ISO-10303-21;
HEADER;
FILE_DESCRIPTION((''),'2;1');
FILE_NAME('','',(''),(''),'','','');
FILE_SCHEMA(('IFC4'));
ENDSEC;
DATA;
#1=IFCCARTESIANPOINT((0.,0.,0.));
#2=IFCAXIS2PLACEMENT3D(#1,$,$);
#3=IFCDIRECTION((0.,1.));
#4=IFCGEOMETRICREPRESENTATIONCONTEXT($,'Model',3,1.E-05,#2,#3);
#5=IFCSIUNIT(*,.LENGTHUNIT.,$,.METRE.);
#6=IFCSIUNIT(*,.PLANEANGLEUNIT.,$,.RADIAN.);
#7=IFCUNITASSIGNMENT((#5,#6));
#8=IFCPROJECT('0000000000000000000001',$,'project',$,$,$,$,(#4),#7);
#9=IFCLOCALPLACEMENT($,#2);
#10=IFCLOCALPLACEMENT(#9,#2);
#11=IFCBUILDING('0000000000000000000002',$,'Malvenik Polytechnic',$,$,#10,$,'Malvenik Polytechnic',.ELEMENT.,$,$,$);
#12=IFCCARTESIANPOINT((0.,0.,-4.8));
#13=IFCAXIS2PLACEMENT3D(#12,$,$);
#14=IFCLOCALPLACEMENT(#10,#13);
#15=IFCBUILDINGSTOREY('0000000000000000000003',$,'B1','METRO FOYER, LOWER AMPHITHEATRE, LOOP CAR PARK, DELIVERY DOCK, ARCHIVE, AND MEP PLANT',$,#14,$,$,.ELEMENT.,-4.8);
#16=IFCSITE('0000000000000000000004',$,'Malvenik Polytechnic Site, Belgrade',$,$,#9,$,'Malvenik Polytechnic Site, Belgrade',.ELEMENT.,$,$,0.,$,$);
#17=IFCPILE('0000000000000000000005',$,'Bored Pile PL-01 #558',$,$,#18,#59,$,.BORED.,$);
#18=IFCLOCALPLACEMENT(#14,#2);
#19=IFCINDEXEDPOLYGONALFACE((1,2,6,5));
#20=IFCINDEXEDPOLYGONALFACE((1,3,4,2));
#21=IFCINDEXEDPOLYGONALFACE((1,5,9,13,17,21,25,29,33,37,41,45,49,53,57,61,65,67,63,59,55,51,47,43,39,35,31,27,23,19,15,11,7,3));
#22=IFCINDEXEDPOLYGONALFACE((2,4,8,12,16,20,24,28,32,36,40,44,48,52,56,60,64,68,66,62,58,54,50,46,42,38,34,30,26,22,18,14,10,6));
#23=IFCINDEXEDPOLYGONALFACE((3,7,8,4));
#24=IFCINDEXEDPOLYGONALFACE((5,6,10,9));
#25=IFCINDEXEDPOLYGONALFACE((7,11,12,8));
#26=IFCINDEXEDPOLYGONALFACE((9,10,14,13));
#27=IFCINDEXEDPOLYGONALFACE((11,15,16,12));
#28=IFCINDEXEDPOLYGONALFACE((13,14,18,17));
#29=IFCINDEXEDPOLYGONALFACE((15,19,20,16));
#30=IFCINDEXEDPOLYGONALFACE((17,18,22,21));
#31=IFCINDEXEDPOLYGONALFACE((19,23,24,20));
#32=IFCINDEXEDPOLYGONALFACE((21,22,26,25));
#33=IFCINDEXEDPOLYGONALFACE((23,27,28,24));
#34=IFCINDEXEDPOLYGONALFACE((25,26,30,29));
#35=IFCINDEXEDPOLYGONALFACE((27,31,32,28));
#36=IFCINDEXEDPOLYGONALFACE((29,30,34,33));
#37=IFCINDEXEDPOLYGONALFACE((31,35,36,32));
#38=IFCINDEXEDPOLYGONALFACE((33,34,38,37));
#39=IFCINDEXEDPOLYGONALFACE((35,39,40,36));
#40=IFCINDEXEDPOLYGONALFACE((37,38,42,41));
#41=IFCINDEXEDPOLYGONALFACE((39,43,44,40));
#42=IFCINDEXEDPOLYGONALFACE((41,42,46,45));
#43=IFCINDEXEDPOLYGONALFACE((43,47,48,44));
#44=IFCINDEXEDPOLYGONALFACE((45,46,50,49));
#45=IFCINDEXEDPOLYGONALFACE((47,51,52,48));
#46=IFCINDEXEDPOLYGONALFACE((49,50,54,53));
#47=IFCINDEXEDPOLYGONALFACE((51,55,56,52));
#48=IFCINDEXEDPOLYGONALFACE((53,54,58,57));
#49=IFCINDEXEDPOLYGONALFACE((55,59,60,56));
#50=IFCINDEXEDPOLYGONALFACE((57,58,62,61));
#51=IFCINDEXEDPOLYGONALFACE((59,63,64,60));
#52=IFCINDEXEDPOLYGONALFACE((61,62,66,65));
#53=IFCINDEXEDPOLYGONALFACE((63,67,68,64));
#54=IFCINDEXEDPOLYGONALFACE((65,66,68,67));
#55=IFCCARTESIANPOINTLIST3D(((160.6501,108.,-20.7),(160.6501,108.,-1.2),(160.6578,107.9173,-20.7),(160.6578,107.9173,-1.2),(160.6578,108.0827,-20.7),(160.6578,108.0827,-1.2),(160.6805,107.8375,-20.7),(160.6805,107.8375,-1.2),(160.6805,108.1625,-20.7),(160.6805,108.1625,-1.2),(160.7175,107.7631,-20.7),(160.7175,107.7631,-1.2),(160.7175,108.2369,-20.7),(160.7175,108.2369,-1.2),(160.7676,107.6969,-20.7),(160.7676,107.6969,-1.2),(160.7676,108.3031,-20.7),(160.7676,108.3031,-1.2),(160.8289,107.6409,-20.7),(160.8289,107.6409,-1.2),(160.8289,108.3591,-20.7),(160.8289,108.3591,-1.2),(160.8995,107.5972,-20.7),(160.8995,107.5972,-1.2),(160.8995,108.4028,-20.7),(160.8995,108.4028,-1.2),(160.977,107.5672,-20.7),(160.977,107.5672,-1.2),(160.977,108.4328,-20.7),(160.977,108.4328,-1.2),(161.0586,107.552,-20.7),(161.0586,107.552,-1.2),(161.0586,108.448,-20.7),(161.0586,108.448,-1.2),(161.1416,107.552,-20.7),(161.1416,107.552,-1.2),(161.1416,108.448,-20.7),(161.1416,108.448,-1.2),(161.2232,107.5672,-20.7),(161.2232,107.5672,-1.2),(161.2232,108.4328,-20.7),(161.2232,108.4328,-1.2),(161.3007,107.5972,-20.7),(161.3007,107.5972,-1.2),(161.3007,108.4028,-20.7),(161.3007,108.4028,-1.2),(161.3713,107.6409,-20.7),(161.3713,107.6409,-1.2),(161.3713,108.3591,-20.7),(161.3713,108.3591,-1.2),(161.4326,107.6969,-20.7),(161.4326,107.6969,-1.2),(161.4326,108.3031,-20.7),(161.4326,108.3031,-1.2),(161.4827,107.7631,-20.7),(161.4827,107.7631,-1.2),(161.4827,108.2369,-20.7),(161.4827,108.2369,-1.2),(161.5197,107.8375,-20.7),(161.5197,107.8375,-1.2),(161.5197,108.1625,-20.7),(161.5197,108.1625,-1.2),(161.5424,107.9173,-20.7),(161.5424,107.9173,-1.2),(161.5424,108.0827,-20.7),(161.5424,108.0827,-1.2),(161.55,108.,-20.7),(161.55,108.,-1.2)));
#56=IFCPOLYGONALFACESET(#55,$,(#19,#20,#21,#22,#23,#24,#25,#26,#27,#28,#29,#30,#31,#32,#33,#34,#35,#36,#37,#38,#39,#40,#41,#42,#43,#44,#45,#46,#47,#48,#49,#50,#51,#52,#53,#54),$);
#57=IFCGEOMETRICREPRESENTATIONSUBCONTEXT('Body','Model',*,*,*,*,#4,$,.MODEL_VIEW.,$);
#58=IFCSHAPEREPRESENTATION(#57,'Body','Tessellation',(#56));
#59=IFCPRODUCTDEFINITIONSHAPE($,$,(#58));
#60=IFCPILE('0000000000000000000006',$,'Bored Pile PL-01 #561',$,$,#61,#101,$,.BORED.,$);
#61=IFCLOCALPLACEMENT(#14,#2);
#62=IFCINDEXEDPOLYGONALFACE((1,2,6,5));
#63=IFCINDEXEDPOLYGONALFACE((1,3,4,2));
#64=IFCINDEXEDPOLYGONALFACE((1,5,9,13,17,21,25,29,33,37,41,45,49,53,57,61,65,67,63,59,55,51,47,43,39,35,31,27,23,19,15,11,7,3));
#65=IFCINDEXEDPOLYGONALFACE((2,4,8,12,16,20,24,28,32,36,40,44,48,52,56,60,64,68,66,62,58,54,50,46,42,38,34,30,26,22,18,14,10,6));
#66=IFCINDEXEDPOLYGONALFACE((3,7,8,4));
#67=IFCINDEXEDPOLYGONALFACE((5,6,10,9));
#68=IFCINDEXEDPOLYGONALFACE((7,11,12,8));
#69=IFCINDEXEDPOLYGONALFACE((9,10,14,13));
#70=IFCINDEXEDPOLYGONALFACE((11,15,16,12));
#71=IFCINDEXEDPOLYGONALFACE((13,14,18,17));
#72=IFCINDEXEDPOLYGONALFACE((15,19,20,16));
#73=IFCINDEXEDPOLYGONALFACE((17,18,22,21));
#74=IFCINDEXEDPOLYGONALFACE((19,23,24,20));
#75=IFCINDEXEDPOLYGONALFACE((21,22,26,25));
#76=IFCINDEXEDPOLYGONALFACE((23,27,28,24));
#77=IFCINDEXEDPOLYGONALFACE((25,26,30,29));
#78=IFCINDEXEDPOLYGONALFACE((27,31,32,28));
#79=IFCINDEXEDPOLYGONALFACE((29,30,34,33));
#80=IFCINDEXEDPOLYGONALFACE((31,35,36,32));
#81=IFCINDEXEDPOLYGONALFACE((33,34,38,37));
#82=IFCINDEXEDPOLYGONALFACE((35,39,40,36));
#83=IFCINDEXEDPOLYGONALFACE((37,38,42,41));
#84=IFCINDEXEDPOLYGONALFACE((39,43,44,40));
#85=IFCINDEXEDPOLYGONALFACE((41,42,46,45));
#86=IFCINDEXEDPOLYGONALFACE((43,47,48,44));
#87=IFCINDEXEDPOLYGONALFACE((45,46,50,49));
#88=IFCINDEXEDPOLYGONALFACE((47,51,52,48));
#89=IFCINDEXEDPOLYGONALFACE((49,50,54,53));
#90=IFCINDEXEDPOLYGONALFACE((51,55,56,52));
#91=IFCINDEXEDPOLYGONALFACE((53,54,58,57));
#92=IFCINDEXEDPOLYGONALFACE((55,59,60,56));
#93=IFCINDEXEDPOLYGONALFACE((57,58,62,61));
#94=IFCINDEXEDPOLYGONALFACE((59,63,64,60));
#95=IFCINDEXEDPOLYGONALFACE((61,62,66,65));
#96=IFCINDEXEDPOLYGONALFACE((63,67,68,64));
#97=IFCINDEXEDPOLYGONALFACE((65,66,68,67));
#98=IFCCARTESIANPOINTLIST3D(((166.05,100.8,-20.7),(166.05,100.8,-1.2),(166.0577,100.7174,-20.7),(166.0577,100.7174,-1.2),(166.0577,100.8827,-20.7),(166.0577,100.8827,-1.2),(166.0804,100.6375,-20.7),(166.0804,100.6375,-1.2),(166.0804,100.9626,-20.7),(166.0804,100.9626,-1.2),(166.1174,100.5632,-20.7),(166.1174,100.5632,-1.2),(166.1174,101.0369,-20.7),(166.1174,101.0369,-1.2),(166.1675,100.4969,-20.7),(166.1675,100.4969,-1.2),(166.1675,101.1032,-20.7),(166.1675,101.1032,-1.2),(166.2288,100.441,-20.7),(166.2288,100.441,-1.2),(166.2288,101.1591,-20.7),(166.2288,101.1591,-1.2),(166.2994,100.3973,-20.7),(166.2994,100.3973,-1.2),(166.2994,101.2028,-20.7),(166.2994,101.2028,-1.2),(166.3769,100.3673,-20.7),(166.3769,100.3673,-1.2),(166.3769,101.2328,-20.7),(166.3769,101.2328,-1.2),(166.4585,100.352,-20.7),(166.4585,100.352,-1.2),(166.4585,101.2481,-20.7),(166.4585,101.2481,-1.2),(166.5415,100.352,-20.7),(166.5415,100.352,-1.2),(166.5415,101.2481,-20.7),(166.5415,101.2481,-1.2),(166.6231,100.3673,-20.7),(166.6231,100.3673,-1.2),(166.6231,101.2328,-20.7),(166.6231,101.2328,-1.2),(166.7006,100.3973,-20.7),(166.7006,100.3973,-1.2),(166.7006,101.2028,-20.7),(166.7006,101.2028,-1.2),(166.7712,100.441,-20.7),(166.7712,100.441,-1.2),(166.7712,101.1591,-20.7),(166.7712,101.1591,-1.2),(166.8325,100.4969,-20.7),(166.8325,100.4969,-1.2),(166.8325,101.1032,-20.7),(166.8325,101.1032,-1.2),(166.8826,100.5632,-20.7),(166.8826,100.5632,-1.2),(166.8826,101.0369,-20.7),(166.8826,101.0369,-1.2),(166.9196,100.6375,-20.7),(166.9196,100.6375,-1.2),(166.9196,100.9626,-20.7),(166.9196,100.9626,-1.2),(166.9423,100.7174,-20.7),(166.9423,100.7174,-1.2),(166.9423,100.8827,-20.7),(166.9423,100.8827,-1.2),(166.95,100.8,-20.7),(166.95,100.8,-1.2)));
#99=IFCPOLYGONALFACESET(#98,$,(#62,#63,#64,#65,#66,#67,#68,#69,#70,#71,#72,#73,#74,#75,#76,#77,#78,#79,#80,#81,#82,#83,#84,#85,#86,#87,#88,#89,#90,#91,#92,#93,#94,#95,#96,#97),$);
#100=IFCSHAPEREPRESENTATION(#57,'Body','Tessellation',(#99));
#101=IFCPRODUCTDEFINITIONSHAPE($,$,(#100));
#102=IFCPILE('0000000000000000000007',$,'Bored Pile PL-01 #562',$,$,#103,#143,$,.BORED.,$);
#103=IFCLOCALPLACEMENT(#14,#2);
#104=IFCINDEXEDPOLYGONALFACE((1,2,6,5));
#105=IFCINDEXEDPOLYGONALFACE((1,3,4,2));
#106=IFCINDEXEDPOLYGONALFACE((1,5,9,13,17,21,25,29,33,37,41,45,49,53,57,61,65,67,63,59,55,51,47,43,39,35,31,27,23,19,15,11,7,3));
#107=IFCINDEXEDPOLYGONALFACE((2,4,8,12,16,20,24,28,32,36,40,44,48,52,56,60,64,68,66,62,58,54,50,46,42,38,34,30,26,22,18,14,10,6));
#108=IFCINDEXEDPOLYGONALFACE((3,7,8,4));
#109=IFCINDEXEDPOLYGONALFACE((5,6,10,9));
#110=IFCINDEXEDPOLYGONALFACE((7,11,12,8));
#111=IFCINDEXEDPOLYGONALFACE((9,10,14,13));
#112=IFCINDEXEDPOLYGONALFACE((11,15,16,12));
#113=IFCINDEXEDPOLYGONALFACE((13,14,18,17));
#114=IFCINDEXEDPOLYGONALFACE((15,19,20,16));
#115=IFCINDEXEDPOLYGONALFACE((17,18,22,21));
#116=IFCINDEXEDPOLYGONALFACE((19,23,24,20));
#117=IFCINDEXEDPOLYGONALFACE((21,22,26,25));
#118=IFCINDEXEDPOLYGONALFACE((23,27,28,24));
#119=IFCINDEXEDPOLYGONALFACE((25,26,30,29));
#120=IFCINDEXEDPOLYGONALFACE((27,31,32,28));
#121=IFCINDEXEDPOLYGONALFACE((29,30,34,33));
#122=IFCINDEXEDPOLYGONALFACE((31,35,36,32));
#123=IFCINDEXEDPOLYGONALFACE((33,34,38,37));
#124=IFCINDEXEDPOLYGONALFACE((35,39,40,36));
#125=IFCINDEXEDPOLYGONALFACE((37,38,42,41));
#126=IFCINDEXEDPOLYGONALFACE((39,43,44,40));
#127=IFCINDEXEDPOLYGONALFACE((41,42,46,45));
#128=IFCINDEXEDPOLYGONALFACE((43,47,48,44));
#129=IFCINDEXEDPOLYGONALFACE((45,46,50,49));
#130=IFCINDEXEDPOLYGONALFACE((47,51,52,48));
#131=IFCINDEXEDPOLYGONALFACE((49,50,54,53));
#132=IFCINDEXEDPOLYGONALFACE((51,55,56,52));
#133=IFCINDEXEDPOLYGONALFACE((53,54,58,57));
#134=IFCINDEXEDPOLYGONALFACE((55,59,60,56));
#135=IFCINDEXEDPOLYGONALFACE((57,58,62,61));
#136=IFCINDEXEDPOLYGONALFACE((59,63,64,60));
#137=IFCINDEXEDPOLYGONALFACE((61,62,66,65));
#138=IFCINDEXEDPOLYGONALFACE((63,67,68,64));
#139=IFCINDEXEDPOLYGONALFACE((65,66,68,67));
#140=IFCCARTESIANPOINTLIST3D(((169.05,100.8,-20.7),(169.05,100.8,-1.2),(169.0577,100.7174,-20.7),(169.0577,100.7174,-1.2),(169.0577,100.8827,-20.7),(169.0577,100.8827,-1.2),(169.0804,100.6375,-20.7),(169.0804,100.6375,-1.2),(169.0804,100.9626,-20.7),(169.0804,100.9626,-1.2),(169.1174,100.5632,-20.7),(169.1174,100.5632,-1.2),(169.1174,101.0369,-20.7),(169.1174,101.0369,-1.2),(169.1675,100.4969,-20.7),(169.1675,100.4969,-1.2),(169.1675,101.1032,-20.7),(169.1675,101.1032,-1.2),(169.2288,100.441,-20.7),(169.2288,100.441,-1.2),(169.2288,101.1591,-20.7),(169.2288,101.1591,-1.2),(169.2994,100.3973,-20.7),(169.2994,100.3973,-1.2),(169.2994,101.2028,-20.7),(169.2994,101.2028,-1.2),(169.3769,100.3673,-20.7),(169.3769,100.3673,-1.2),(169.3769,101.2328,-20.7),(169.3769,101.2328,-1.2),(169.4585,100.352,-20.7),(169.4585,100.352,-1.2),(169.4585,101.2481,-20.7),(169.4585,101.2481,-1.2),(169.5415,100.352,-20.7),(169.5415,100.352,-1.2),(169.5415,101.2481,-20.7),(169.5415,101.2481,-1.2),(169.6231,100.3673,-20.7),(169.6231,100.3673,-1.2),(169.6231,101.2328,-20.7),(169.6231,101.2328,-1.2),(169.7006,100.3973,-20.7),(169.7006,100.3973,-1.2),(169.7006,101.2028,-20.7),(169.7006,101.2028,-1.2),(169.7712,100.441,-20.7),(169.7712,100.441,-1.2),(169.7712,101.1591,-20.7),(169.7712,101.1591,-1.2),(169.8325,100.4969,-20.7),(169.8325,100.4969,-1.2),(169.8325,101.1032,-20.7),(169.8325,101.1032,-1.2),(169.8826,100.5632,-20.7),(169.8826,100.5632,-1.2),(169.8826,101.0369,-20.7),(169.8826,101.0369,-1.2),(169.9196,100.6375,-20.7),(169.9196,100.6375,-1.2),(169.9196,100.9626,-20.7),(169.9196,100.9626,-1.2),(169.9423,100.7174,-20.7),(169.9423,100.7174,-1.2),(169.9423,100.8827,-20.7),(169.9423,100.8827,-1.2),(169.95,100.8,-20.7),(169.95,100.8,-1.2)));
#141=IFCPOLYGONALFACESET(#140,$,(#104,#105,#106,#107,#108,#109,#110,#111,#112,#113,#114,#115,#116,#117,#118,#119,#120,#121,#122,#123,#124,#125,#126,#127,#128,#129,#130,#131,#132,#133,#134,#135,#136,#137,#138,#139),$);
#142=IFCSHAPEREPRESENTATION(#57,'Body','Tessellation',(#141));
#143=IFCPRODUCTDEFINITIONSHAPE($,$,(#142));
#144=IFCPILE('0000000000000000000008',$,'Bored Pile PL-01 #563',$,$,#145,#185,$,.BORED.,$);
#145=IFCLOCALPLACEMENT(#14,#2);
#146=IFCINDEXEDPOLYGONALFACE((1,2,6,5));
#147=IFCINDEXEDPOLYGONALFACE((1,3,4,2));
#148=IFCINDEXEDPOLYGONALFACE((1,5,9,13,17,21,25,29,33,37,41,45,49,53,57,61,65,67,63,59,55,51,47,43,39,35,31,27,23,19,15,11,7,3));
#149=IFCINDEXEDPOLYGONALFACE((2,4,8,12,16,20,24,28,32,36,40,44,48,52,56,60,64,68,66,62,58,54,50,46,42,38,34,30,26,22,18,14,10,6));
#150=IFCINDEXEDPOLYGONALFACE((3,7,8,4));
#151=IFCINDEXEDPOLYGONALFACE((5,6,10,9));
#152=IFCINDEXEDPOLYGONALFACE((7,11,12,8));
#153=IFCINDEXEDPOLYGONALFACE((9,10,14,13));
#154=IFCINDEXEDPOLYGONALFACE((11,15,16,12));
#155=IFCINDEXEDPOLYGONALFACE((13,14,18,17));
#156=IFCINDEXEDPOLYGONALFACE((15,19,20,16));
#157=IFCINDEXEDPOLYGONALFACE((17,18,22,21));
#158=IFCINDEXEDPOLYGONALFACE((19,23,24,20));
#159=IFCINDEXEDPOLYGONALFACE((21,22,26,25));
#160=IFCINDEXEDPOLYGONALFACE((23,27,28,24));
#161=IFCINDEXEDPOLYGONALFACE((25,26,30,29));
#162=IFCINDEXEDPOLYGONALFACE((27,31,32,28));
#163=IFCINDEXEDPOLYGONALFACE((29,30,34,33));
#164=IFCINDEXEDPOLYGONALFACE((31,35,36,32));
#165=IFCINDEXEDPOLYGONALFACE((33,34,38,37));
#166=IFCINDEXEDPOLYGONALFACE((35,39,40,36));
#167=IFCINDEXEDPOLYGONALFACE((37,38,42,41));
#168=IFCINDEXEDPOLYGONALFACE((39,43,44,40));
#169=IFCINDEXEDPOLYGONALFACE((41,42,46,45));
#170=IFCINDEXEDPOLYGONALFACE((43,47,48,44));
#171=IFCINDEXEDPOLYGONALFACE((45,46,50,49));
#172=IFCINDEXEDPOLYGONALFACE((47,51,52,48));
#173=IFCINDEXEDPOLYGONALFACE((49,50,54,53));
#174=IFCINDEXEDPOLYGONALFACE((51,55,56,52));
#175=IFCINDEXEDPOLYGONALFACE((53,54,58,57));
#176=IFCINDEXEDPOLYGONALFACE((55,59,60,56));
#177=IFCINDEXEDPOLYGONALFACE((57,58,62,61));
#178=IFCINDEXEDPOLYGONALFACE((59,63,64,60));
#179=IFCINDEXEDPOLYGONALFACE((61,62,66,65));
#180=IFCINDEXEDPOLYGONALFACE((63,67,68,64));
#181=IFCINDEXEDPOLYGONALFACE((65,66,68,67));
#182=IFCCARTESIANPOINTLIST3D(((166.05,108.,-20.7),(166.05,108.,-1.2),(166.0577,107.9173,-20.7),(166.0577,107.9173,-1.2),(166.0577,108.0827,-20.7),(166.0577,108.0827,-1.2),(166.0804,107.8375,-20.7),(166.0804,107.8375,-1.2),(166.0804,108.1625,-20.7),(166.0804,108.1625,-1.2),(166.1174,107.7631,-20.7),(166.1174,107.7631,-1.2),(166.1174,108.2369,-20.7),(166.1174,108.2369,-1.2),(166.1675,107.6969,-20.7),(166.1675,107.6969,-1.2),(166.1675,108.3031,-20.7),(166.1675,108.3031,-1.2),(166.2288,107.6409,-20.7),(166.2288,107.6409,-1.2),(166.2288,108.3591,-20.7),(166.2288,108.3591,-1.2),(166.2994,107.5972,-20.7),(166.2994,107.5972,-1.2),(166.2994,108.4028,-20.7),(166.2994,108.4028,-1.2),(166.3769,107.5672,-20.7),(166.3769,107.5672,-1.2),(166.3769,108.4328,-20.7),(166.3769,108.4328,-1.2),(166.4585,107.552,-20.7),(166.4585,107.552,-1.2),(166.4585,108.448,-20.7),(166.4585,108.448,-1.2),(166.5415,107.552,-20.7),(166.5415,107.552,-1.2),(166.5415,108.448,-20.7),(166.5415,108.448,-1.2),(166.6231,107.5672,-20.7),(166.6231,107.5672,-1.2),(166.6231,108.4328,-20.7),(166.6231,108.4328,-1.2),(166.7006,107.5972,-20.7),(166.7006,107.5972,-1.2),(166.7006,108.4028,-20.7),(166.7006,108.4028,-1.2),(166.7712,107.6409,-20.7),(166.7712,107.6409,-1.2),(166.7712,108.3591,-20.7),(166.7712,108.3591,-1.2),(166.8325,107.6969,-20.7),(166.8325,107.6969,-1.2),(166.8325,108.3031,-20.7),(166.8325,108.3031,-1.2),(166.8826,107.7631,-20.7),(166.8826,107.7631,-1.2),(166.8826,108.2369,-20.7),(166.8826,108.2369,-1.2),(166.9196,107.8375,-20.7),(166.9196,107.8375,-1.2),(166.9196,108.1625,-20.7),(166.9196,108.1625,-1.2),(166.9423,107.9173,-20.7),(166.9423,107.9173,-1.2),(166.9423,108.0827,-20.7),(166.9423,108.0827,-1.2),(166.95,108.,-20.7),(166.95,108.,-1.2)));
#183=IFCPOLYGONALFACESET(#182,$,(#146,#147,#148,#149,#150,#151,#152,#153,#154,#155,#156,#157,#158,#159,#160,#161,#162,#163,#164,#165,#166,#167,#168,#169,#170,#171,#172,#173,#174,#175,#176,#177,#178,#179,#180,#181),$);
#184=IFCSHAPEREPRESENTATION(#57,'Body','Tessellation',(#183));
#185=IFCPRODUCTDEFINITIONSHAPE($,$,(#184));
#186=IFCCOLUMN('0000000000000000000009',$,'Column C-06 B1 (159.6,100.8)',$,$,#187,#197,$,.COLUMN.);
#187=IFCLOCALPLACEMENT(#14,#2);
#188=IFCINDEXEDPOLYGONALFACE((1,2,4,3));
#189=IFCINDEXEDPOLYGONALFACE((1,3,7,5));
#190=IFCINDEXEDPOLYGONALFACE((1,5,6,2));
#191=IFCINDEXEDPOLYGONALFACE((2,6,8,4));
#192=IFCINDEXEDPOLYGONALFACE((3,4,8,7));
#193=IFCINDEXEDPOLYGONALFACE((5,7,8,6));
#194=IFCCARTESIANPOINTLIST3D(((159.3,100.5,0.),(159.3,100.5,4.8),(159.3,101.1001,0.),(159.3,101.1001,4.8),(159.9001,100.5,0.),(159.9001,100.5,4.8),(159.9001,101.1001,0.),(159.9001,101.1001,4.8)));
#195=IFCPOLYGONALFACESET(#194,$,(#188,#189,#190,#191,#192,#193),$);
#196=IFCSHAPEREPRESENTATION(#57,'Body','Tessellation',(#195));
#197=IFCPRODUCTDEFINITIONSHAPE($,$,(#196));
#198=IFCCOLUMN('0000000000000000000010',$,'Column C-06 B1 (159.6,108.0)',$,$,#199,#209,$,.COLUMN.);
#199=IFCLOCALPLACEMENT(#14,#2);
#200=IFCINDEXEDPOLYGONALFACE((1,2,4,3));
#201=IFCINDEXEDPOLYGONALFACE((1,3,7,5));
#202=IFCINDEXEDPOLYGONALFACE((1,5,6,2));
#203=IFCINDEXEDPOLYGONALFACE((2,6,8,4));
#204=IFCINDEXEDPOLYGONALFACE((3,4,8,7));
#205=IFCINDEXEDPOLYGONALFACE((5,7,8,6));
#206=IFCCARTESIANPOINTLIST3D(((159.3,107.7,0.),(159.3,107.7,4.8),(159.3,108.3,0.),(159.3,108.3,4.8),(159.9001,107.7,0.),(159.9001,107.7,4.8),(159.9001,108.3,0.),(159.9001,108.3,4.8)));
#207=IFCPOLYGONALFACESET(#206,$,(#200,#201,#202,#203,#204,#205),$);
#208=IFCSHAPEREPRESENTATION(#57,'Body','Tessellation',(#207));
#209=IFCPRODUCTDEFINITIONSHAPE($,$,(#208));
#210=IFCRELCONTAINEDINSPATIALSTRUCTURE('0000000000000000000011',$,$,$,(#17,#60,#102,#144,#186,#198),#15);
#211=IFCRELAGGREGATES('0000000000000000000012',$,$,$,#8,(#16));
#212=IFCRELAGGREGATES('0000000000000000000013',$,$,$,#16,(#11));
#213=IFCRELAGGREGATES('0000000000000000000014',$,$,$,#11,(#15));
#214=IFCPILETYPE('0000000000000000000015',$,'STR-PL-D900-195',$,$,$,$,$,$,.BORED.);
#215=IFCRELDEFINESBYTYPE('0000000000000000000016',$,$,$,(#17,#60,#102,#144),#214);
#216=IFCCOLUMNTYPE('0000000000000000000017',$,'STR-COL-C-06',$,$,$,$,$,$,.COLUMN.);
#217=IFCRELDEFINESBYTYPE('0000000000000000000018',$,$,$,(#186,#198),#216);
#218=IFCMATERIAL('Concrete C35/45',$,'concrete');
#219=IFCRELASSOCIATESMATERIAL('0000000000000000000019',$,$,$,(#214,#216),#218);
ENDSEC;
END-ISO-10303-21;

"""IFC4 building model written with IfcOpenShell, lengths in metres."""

from ifc_helpers import new_model, si_unit, direction, frame, origin, origin_2d, place, context, subcontext, project, spatial, rectangle, circle, extrude, material, material_profile, profile_set, type_object, element, save


model = new_model("IFC4")

# Units and contexts
model_context = context("Model", 3, precision=1e-05, world=origin(), true_north=direction((0.0, 1.0)))
body_context = subcontext(model_context, "Body", "Model", "MODEL_VIEW")
ifc_project = project(units=[si_unit("LENGTHUNIT", "METRE"), si_unit("PLANEANGLEUNIT", "RADIAN")], contexts=[model_context])

# Site, building, storey
site_placement = place(None, origin())
site = spatial("IfcSite", under=ifc_project, at=site_placement, Name="Malvenik Polytechnic Site, Belgrade", LongName="Malvenik Polytechnic Site, Belgrade", CompositionType="ELEMENT", RefElevation=0.0)
building_placement = place(site_placement, origin())
building = spatial("IfcBuilding", under=site, at=building_placement, Name="Malvenik Polytechnic", LongName="Malvenik Polytechnic", CompositionType="ELEMENT")
storey_placement = place(building_placement, frame((0.0, 0.0, -4.8)))
storey = spatial("IfcBuildingStorey", under=building, at=storey_placement, Name="B1", Description="METRO FOYER, LOWER AMPHITHEATRE, LOOP CAR PARK, DELIVERY DOCK, ARCHIVE, AND MEP PLANT", CompositionType="ELEMENT", Elevation=-4.8)

# Shared definitions
ifc_material_1 = material(Name="Concrete C35/45", Category="concrete")

# Piles
ifc_material_profile_1 = material_profile(ifc_material_1, circle(Radius=0.45, at=origin_2d()), Name="BORED PILE D900")
ifc_profile_set_1 = profile_set([ifc_material_profile_1], Name="Concrete C35/45")
pile_type = type_object("IfcPileType", Name="STR-PL-D900-195", PredefinedType="BORED", material=ifc_profile_set_1)
for number, where, z_axis, x_axis, name in (
    (1, (161.1001, 108.0, -1.2), (0.0, 0.0, -1.0), (1.0, 0.0, 0.0), "Bored Pile PL-01 #558"),
    (2, (166.5, 100.8, -1.2), (0.0, 0.0, -1.0), (1.0, 0.0, 0.0), "Bored Pile PL-01 #561"),
    (3, (169.5, 100.8, -1.2), (0.0, 0.0, -1.0), (1.0, 0.0, 0.0), "Bored Pile PL-01 #562"),
    (4, (166.5, 108.0, -1.2), (0.0, 0.0, -1.0), (1.0, 0.0, 0.0), "Bored Pile PL-01 #563"),
):
    element("IfcPile", number, at=place(storey_placement, frame(where, z_axis=z_axis, x_axis=x_axis)), inside=storey, type_object=pile_type, Name=name, PredefinedType="BORED", context=body_context, shape_type="SweptSolid", body=[
        extrude(circle(Radius=0.45, at=origin_2d()), origin(), (0.0, 0.0, 1.0), 19.5),
    ])

# Columns
ifc_material_profile_2 = material_profile(ifc_material_1, rectangle(XDim=0.6001, YDim=0.6001, at=origin_2d()), Name="RC COL 600x600")
ifc_profile_set_2 = profile_set([ifc_material_profile_2], Name="Concrete C35/45")
column_type_1 = type_object("IfcColumnType", Name="STR-COL-C-06", PredefinedType="COLUMN", material=ifc_profile_set_2)
for number, where, z_axis, x_axis, name in (
    (5, (159.6001, 100.8, 0.0), (0.0, 0.0, 1.0), (1.0, 0.0, 0.0), "Column C-06 B1 (159.6,100.8)"),
    (6, (159.6001, 108.0, 0.0), (0.0, 0.0, 1.0), (1.0, 0.0, 0.0), "Column C-06 B1 (159.6,108.0)"),
):
    element("IfcColumn", number, at=place(storey_placement, frame(where, z_axis=z_axis, x_axis=x_axis)), inside=storey, type_object=column_type_1, Name=name, PredefinedType="COLUMN", context=body_context, shape_type="SweptSolid", body=[
        extrude(rectangle(XDim=0.6001, YDim=0.6001, at=origin_2d()), origin(), (0.0, 0.0, 1.0), 4.8),
    ])

save(model, "model.ifc")
